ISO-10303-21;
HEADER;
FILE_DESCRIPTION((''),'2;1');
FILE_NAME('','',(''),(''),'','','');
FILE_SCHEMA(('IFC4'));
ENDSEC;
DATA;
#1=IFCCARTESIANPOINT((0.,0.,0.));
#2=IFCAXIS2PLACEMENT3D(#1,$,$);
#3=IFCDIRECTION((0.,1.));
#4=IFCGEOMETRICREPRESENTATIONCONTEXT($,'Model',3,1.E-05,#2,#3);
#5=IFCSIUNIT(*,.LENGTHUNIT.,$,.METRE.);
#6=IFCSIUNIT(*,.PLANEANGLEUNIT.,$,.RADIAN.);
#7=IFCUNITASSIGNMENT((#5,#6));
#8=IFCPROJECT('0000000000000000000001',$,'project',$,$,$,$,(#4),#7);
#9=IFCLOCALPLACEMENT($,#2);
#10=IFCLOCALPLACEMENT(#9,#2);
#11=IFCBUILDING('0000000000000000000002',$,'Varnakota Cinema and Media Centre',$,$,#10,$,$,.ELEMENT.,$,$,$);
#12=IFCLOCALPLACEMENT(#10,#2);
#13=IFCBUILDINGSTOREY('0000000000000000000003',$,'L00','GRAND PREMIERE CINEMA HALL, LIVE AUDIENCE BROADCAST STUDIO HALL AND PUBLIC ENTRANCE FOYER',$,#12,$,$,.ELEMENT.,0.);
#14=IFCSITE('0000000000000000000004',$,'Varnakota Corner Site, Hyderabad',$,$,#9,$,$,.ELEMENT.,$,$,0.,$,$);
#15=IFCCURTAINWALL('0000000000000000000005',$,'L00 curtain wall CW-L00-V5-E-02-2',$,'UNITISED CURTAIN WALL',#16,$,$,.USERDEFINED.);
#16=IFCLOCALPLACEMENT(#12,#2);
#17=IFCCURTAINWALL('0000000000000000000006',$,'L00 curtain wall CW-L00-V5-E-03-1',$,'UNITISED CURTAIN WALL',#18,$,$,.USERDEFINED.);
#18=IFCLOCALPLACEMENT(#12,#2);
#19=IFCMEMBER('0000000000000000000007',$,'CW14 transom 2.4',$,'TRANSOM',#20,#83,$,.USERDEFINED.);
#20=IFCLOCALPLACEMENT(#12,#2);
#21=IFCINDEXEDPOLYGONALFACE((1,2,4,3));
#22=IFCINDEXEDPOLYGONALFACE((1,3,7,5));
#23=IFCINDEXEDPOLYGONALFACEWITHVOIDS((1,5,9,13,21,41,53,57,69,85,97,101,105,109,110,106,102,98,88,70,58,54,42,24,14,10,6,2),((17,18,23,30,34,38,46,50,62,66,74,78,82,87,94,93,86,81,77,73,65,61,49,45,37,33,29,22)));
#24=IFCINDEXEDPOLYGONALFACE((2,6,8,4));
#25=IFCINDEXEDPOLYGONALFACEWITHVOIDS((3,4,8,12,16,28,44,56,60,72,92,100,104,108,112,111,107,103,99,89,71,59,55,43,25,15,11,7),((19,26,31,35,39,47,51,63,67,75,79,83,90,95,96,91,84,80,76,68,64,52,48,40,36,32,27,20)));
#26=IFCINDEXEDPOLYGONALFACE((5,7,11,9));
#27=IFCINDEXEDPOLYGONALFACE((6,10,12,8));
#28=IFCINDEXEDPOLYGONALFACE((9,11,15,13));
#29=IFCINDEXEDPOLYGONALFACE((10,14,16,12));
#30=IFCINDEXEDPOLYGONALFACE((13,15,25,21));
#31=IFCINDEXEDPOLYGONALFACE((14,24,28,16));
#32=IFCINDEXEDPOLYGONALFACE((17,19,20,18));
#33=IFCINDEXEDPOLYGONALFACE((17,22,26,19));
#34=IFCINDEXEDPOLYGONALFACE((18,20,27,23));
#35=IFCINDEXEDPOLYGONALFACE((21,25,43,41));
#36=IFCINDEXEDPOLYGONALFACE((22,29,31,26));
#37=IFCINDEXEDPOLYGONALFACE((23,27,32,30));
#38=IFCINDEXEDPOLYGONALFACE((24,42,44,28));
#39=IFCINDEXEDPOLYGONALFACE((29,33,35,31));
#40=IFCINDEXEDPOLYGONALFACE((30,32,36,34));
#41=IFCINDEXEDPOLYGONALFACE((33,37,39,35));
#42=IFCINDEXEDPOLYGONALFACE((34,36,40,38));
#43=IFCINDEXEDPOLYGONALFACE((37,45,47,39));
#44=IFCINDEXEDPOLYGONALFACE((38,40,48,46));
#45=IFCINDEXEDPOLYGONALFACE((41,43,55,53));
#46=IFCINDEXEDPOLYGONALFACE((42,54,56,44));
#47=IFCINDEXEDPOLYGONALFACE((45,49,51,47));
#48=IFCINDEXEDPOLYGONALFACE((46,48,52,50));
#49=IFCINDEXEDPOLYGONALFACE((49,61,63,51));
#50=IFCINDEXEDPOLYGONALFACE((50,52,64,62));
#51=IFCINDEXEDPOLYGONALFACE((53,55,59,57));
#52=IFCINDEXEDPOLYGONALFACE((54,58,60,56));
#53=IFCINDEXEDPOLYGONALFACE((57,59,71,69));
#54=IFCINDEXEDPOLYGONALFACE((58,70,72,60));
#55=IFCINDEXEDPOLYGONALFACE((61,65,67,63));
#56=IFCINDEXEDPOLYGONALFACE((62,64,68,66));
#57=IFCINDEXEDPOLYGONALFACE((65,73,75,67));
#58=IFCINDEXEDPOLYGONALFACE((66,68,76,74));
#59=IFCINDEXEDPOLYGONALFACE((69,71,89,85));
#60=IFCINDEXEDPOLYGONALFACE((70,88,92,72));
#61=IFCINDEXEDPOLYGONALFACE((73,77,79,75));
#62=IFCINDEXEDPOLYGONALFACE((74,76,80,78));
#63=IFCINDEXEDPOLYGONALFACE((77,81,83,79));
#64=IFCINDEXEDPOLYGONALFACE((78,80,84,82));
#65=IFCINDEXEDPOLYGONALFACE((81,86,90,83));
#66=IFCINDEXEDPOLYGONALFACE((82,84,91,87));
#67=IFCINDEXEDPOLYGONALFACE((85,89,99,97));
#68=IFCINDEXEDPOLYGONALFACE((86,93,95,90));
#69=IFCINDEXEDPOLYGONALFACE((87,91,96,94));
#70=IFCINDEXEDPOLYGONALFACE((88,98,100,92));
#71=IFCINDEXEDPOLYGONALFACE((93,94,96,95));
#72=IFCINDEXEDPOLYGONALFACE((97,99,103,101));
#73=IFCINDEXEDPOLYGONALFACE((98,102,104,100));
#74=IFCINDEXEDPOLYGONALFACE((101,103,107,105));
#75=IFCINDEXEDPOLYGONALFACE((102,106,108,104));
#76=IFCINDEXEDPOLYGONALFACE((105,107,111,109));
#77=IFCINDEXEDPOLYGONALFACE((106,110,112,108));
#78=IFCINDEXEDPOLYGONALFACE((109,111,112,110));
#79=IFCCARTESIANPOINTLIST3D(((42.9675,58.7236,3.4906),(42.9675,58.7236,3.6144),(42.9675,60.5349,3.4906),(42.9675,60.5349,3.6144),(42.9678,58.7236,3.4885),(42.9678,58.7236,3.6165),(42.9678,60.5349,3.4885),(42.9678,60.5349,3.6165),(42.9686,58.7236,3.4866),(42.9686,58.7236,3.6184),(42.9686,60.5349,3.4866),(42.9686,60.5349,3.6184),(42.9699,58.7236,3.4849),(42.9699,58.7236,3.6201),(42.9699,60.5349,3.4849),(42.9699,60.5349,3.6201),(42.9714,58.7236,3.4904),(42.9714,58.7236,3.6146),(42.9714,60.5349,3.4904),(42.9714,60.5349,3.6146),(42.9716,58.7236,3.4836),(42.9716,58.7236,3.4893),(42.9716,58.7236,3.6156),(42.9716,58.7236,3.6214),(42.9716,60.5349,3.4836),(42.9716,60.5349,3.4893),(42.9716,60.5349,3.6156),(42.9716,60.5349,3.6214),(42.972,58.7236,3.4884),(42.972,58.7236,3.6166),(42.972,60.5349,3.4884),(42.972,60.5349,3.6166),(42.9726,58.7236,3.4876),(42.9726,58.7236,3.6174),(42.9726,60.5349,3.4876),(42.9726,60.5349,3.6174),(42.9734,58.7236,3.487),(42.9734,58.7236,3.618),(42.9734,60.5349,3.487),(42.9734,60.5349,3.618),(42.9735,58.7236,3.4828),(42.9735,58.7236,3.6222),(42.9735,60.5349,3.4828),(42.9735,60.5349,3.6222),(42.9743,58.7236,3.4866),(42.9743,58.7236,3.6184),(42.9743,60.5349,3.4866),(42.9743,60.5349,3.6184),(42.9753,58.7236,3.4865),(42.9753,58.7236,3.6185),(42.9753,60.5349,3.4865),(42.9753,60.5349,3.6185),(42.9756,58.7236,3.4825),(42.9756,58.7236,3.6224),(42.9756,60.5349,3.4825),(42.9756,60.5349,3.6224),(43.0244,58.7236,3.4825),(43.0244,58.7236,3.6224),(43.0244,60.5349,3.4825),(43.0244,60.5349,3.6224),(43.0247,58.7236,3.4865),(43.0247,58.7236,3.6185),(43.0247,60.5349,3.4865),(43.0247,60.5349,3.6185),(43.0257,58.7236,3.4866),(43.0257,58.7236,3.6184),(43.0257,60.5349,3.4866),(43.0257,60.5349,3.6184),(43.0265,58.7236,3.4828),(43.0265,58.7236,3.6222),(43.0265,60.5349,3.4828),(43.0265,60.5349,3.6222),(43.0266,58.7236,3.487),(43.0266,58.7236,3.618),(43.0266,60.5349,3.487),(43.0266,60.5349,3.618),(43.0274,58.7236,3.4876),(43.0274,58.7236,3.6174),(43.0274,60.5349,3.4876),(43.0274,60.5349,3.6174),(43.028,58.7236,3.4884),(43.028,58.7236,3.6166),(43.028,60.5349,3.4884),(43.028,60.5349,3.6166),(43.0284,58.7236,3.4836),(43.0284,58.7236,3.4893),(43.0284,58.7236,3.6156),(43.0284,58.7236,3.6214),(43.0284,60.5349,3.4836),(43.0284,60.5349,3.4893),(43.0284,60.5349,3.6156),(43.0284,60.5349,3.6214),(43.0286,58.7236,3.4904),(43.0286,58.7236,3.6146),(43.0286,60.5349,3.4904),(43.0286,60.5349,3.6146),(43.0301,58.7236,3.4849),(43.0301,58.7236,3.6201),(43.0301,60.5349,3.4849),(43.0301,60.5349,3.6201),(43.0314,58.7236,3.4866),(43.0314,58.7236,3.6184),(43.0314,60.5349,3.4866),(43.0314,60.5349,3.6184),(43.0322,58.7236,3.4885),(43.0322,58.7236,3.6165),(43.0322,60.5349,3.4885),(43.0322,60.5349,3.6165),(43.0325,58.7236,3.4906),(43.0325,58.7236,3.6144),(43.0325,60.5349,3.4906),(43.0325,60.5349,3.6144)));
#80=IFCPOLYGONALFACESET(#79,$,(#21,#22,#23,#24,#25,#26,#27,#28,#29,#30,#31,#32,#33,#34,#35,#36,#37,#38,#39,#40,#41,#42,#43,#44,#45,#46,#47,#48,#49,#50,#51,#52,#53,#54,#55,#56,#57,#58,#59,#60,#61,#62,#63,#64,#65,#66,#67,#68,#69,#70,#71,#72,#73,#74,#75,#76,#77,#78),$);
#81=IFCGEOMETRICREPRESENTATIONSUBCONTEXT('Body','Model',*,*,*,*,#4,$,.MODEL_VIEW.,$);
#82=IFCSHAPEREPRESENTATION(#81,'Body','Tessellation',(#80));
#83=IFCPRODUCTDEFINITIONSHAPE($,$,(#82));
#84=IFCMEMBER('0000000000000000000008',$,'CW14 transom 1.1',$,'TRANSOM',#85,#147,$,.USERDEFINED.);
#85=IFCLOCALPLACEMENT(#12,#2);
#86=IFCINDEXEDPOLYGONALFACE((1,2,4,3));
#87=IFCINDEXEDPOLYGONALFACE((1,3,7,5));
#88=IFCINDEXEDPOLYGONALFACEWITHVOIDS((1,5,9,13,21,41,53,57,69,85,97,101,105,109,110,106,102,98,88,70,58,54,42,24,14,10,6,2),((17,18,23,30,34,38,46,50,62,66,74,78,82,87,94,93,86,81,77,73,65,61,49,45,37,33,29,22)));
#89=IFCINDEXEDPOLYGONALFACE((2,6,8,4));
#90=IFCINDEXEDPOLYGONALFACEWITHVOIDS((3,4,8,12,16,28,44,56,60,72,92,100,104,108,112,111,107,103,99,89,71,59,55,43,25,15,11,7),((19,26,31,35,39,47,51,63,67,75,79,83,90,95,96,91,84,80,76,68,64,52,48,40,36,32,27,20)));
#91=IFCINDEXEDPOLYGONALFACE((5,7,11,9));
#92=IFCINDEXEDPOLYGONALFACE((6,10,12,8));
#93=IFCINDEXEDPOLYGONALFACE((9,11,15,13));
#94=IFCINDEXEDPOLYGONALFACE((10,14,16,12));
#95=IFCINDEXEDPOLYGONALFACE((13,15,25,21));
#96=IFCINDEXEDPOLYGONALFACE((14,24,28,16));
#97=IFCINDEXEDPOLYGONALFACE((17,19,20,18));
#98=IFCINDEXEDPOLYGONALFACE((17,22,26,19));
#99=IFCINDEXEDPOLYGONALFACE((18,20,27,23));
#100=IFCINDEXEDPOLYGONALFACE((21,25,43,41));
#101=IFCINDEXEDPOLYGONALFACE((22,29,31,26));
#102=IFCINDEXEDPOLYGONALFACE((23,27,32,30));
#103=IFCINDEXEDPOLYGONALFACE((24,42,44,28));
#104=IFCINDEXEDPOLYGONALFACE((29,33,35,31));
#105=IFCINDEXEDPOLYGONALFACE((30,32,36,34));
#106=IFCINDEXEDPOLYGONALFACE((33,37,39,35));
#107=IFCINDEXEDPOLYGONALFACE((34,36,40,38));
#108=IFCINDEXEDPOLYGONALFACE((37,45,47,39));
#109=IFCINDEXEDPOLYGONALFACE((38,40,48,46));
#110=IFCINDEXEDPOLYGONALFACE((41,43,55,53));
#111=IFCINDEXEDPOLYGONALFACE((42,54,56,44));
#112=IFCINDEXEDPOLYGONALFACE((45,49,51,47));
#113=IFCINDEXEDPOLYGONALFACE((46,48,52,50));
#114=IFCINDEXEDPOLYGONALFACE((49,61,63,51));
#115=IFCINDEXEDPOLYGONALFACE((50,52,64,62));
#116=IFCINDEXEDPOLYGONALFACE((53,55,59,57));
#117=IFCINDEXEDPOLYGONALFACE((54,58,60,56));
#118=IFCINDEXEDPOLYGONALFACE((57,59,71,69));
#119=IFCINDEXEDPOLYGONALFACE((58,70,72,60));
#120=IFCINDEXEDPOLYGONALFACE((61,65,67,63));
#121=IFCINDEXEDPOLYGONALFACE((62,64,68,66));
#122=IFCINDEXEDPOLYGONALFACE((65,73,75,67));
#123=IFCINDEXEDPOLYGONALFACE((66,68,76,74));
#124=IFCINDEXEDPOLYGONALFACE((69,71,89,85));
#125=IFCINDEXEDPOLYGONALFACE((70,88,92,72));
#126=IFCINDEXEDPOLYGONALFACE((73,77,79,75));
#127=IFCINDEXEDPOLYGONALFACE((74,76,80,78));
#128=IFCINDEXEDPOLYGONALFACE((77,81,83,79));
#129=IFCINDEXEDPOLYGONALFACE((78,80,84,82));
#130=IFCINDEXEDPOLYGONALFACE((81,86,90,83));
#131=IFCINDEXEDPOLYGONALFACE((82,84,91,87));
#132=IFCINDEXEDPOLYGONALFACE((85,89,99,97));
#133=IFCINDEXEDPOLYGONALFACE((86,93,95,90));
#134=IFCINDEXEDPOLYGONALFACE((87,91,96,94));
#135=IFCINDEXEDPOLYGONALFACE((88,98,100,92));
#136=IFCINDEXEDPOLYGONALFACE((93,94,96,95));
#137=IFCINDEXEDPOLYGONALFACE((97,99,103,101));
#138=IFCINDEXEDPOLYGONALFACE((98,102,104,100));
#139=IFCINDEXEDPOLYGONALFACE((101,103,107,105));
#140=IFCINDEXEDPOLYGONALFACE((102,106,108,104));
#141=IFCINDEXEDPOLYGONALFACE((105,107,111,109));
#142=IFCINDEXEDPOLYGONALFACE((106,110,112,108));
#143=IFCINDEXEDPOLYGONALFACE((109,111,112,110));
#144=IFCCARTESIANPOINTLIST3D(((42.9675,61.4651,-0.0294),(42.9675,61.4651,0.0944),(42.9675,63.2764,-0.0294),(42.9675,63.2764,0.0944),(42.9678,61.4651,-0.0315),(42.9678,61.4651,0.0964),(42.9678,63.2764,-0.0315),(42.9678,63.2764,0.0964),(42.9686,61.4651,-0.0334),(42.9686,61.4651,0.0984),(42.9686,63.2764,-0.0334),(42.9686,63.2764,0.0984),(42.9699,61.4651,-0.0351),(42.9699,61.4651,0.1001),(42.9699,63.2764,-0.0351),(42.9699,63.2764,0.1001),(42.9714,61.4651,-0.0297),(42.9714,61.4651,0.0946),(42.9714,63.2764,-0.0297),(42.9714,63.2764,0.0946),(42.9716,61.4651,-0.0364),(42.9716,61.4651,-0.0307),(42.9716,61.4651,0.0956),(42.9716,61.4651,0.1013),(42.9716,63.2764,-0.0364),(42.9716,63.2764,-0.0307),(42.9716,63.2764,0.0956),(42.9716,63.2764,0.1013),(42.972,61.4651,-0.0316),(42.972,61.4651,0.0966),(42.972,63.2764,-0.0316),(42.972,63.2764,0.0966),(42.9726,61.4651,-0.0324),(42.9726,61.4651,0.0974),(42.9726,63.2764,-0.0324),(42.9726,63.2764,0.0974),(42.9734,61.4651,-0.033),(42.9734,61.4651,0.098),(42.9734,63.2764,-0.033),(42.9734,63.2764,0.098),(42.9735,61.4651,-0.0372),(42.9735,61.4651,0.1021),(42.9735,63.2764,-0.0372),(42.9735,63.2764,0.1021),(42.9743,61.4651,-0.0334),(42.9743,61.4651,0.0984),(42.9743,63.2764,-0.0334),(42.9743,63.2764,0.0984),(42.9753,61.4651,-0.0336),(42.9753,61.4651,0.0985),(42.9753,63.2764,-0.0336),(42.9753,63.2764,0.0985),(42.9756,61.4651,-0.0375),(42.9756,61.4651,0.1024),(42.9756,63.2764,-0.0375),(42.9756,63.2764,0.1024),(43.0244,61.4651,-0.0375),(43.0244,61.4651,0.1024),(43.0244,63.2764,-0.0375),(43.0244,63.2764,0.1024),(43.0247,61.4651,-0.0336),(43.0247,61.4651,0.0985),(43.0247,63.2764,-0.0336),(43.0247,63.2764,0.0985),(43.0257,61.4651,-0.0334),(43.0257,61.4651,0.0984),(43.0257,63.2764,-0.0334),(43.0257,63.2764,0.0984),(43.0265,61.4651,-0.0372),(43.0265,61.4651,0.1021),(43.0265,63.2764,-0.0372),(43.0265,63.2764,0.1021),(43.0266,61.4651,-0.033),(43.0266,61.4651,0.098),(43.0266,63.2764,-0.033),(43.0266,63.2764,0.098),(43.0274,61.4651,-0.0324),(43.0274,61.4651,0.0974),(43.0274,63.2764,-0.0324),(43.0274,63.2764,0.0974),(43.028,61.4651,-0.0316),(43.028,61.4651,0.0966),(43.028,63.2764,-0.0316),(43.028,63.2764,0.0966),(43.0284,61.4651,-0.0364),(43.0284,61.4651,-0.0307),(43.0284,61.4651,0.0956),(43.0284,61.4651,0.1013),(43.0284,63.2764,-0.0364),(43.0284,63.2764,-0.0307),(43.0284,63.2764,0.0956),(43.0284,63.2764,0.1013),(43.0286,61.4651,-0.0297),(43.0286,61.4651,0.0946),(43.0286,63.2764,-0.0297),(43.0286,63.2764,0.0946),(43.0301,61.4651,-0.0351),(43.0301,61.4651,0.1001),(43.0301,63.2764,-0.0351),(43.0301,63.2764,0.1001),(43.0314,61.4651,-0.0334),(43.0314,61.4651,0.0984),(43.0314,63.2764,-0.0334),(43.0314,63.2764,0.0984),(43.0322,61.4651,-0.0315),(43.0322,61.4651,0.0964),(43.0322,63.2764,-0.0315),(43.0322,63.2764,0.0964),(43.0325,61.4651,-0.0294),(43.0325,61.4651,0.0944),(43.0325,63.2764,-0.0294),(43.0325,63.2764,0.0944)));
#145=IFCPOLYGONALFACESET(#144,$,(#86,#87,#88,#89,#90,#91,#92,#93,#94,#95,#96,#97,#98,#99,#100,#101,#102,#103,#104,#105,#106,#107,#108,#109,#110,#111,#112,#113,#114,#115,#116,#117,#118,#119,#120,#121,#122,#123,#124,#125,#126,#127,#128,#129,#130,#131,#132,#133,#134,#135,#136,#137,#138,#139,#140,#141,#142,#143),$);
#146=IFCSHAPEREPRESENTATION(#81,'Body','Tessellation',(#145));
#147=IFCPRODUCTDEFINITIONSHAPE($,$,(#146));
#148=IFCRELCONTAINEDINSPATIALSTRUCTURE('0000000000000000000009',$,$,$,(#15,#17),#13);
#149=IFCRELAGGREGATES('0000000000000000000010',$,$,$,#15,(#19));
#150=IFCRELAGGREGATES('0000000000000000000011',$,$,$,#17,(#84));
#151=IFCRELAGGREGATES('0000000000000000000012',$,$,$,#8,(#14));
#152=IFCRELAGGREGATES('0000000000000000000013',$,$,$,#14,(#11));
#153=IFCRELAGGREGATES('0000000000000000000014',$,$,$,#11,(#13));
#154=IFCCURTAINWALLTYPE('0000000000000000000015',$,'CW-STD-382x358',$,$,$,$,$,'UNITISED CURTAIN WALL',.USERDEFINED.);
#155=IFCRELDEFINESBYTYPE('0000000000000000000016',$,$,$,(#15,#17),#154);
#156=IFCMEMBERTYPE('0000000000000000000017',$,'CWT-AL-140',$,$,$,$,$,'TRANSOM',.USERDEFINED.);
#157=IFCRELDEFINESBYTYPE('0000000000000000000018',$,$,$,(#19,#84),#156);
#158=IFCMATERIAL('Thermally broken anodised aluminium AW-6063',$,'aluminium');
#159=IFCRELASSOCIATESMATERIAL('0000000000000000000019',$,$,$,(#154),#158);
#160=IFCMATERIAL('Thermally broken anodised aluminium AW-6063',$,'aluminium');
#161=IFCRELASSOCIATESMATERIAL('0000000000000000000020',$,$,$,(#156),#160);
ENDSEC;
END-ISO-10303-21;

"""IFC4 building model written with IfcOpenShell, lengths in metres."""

from ifc_helpers import new_model, si_unit, direction, frame, origin, origin_2d, place, context, subcontext, project, spatial, hollow_rectangle, extrude, material, material_profile, profile_set, type_object, element, aggregate, save


model = new_model("IFC4")

# Units and contexts
model_context = context("Model", 3, precision=1e-05, world=origin(), true_north=direction((0.0, 1.0)))
body_context = subcontext(model_context, "Body", "Model", "MODEL_VIEW")
ifc_project = project(units=[si_unit("LENGTHUNIT", "METRE"), si_unit("PLANEANGLEUNIT", "RADIAN")], contexts=[model_context])

# Site, building, storey
site_placement = place(None, origin())
site = spatial("IfcSite", under=ifc_project, at=site_placement, Name="Varnakota Corner Site, Hyderabad", CompositionType="ELEMENT", RefElevation=0.0)
building_placement = place(site_placement, origin())
building = spatial("IfcBuilding", under=site, at=building_placement, Name="Varnakota Cinema and Media Centre", CompositionType="ELEMENT")
storey_placement = place(building_placement, origin())
storey = spatial("IfcBuildingStorey", under=building, at=storey_placement, Name="L00", Description="GRAND PREMIERE CINEMA HALL, LIVE AUDIENCE BROADCAST STUDIO HALL AND PUBLIC ENTRANCE FOYER", CompositionType="ELEMENT", Elevation=0.0)

# Shared definitions
ifc_material_1 = material(Name="Thermally broken anodised aluminium AW-6063", Category="aluminium")
curtain_wall_type = type_object("IfcCurtainWallType", Name="CW-STD-382x358", ElementType="UNITISED CURTAIN WALL", PredefinedType="USERDEFINED", material=ifc_material_1)

# Curtain walls
curtain_wall_1_placement = place(storey_placement, origin())
curtain_wall_1 = element("IfcCurtainWall", 1, at=curtain_wall_1_placement, inside=storey, type_object=curtain_wall_type, Name="L00 curtain wall CW-L00-V5-E-02-2", ObjectType="UNITISED CURTAIN WALL", PredefinedType="USERDEFINED")
curtain_wall_2_placement = place(storey_placement, origin())
curtain_wall_2 = element("IfcCurtainWall", 2, at=curtain_wall_2_placement, inside=storey, type_object=curtain_wall_type, Name="L00 curtain wall CW-L00-V5-E-03-1", ObjectType="UNITISED CURTAIN WALL", PredefinedType="USERDEFINED")

# Members
ifc_material_2 = material(Name="Thermally broken anodised aluminium AW-6063", Category="aluminium")
ifc_material_profile_1 = material_profile(ifc_material_2, hollow_rectangle(XDim=0.0649, YDim=0.1399, WallThickness=0.0039, InnerFilletRadius=0.0039, OuterFilletRadius=0.0081, at=origin_2d()), Name="AL-TRANSOM 140x65x4")
ifc_profile_set_1 = profile_set([ifc_material_profile_1], Name="Thermally broken anodised aluminium AW-6063")
member_type_1 = type_object("IfcMemberType", Name="CWT-AL-140", ElementType="TRANSOM", PredefinedType="USERDEFINED", material=ifc_profile_set_1)
member_1_placement = place(storey_placement, frame((43.0, 58.7236, 3.5525), z_axis=(0.0, 1.0, 0.0), x_axis=(-1.0, 0.0, 0.0)))
member_1 = element("IfcMember", 3, at=member_1_placement, type_object=member_type_1, Name="CW14 transom 2.4", ObjectType="TRANSOM", PredefinedType="USERDEFINED", context=body_context, shape_type="SweptSolid", body=[
    extrude(hollow_rectangle(XDim=0.0649, YDim=0.1399, WallThickness=0.0039, InnerFilletRadius=0.0039, OuterFilletRadius=0.0081, at=origin_2d()), origin(), (0.0, 0.0, 1.0), 1.8113),
])
member_2_placement = place(storey_placement, frame((43.0, 61.4651, 0.0325), z_axis=(0.0, 1.0, 0.0), x_axis=(-1.0, 0.0, 0.0)))
member_2 = element("IfcMember", 4, at=member_2_placement, type_object=member_type_1, Name="CW14 transom 1.1", ObjectType="TRANSOM", PredefinedType="USERDEFINED", context=body_context, shape_type="SweptSolid", body=[
    extrude(hollow_rectangle(XDim=0.0649, YDim=0.1399, WallThickness=0.0039, InnerFilletRadius=0.0039, OuterFilletRadius=0.0081, at=origin_2d()), origin(), (0.0, 0.0, 1.0), 1.8113),
])

aggregate(curtain_wall_1, [member_1])
aggregate(curtain_wall_2, [member_2])

save(model, "model.ifc")
